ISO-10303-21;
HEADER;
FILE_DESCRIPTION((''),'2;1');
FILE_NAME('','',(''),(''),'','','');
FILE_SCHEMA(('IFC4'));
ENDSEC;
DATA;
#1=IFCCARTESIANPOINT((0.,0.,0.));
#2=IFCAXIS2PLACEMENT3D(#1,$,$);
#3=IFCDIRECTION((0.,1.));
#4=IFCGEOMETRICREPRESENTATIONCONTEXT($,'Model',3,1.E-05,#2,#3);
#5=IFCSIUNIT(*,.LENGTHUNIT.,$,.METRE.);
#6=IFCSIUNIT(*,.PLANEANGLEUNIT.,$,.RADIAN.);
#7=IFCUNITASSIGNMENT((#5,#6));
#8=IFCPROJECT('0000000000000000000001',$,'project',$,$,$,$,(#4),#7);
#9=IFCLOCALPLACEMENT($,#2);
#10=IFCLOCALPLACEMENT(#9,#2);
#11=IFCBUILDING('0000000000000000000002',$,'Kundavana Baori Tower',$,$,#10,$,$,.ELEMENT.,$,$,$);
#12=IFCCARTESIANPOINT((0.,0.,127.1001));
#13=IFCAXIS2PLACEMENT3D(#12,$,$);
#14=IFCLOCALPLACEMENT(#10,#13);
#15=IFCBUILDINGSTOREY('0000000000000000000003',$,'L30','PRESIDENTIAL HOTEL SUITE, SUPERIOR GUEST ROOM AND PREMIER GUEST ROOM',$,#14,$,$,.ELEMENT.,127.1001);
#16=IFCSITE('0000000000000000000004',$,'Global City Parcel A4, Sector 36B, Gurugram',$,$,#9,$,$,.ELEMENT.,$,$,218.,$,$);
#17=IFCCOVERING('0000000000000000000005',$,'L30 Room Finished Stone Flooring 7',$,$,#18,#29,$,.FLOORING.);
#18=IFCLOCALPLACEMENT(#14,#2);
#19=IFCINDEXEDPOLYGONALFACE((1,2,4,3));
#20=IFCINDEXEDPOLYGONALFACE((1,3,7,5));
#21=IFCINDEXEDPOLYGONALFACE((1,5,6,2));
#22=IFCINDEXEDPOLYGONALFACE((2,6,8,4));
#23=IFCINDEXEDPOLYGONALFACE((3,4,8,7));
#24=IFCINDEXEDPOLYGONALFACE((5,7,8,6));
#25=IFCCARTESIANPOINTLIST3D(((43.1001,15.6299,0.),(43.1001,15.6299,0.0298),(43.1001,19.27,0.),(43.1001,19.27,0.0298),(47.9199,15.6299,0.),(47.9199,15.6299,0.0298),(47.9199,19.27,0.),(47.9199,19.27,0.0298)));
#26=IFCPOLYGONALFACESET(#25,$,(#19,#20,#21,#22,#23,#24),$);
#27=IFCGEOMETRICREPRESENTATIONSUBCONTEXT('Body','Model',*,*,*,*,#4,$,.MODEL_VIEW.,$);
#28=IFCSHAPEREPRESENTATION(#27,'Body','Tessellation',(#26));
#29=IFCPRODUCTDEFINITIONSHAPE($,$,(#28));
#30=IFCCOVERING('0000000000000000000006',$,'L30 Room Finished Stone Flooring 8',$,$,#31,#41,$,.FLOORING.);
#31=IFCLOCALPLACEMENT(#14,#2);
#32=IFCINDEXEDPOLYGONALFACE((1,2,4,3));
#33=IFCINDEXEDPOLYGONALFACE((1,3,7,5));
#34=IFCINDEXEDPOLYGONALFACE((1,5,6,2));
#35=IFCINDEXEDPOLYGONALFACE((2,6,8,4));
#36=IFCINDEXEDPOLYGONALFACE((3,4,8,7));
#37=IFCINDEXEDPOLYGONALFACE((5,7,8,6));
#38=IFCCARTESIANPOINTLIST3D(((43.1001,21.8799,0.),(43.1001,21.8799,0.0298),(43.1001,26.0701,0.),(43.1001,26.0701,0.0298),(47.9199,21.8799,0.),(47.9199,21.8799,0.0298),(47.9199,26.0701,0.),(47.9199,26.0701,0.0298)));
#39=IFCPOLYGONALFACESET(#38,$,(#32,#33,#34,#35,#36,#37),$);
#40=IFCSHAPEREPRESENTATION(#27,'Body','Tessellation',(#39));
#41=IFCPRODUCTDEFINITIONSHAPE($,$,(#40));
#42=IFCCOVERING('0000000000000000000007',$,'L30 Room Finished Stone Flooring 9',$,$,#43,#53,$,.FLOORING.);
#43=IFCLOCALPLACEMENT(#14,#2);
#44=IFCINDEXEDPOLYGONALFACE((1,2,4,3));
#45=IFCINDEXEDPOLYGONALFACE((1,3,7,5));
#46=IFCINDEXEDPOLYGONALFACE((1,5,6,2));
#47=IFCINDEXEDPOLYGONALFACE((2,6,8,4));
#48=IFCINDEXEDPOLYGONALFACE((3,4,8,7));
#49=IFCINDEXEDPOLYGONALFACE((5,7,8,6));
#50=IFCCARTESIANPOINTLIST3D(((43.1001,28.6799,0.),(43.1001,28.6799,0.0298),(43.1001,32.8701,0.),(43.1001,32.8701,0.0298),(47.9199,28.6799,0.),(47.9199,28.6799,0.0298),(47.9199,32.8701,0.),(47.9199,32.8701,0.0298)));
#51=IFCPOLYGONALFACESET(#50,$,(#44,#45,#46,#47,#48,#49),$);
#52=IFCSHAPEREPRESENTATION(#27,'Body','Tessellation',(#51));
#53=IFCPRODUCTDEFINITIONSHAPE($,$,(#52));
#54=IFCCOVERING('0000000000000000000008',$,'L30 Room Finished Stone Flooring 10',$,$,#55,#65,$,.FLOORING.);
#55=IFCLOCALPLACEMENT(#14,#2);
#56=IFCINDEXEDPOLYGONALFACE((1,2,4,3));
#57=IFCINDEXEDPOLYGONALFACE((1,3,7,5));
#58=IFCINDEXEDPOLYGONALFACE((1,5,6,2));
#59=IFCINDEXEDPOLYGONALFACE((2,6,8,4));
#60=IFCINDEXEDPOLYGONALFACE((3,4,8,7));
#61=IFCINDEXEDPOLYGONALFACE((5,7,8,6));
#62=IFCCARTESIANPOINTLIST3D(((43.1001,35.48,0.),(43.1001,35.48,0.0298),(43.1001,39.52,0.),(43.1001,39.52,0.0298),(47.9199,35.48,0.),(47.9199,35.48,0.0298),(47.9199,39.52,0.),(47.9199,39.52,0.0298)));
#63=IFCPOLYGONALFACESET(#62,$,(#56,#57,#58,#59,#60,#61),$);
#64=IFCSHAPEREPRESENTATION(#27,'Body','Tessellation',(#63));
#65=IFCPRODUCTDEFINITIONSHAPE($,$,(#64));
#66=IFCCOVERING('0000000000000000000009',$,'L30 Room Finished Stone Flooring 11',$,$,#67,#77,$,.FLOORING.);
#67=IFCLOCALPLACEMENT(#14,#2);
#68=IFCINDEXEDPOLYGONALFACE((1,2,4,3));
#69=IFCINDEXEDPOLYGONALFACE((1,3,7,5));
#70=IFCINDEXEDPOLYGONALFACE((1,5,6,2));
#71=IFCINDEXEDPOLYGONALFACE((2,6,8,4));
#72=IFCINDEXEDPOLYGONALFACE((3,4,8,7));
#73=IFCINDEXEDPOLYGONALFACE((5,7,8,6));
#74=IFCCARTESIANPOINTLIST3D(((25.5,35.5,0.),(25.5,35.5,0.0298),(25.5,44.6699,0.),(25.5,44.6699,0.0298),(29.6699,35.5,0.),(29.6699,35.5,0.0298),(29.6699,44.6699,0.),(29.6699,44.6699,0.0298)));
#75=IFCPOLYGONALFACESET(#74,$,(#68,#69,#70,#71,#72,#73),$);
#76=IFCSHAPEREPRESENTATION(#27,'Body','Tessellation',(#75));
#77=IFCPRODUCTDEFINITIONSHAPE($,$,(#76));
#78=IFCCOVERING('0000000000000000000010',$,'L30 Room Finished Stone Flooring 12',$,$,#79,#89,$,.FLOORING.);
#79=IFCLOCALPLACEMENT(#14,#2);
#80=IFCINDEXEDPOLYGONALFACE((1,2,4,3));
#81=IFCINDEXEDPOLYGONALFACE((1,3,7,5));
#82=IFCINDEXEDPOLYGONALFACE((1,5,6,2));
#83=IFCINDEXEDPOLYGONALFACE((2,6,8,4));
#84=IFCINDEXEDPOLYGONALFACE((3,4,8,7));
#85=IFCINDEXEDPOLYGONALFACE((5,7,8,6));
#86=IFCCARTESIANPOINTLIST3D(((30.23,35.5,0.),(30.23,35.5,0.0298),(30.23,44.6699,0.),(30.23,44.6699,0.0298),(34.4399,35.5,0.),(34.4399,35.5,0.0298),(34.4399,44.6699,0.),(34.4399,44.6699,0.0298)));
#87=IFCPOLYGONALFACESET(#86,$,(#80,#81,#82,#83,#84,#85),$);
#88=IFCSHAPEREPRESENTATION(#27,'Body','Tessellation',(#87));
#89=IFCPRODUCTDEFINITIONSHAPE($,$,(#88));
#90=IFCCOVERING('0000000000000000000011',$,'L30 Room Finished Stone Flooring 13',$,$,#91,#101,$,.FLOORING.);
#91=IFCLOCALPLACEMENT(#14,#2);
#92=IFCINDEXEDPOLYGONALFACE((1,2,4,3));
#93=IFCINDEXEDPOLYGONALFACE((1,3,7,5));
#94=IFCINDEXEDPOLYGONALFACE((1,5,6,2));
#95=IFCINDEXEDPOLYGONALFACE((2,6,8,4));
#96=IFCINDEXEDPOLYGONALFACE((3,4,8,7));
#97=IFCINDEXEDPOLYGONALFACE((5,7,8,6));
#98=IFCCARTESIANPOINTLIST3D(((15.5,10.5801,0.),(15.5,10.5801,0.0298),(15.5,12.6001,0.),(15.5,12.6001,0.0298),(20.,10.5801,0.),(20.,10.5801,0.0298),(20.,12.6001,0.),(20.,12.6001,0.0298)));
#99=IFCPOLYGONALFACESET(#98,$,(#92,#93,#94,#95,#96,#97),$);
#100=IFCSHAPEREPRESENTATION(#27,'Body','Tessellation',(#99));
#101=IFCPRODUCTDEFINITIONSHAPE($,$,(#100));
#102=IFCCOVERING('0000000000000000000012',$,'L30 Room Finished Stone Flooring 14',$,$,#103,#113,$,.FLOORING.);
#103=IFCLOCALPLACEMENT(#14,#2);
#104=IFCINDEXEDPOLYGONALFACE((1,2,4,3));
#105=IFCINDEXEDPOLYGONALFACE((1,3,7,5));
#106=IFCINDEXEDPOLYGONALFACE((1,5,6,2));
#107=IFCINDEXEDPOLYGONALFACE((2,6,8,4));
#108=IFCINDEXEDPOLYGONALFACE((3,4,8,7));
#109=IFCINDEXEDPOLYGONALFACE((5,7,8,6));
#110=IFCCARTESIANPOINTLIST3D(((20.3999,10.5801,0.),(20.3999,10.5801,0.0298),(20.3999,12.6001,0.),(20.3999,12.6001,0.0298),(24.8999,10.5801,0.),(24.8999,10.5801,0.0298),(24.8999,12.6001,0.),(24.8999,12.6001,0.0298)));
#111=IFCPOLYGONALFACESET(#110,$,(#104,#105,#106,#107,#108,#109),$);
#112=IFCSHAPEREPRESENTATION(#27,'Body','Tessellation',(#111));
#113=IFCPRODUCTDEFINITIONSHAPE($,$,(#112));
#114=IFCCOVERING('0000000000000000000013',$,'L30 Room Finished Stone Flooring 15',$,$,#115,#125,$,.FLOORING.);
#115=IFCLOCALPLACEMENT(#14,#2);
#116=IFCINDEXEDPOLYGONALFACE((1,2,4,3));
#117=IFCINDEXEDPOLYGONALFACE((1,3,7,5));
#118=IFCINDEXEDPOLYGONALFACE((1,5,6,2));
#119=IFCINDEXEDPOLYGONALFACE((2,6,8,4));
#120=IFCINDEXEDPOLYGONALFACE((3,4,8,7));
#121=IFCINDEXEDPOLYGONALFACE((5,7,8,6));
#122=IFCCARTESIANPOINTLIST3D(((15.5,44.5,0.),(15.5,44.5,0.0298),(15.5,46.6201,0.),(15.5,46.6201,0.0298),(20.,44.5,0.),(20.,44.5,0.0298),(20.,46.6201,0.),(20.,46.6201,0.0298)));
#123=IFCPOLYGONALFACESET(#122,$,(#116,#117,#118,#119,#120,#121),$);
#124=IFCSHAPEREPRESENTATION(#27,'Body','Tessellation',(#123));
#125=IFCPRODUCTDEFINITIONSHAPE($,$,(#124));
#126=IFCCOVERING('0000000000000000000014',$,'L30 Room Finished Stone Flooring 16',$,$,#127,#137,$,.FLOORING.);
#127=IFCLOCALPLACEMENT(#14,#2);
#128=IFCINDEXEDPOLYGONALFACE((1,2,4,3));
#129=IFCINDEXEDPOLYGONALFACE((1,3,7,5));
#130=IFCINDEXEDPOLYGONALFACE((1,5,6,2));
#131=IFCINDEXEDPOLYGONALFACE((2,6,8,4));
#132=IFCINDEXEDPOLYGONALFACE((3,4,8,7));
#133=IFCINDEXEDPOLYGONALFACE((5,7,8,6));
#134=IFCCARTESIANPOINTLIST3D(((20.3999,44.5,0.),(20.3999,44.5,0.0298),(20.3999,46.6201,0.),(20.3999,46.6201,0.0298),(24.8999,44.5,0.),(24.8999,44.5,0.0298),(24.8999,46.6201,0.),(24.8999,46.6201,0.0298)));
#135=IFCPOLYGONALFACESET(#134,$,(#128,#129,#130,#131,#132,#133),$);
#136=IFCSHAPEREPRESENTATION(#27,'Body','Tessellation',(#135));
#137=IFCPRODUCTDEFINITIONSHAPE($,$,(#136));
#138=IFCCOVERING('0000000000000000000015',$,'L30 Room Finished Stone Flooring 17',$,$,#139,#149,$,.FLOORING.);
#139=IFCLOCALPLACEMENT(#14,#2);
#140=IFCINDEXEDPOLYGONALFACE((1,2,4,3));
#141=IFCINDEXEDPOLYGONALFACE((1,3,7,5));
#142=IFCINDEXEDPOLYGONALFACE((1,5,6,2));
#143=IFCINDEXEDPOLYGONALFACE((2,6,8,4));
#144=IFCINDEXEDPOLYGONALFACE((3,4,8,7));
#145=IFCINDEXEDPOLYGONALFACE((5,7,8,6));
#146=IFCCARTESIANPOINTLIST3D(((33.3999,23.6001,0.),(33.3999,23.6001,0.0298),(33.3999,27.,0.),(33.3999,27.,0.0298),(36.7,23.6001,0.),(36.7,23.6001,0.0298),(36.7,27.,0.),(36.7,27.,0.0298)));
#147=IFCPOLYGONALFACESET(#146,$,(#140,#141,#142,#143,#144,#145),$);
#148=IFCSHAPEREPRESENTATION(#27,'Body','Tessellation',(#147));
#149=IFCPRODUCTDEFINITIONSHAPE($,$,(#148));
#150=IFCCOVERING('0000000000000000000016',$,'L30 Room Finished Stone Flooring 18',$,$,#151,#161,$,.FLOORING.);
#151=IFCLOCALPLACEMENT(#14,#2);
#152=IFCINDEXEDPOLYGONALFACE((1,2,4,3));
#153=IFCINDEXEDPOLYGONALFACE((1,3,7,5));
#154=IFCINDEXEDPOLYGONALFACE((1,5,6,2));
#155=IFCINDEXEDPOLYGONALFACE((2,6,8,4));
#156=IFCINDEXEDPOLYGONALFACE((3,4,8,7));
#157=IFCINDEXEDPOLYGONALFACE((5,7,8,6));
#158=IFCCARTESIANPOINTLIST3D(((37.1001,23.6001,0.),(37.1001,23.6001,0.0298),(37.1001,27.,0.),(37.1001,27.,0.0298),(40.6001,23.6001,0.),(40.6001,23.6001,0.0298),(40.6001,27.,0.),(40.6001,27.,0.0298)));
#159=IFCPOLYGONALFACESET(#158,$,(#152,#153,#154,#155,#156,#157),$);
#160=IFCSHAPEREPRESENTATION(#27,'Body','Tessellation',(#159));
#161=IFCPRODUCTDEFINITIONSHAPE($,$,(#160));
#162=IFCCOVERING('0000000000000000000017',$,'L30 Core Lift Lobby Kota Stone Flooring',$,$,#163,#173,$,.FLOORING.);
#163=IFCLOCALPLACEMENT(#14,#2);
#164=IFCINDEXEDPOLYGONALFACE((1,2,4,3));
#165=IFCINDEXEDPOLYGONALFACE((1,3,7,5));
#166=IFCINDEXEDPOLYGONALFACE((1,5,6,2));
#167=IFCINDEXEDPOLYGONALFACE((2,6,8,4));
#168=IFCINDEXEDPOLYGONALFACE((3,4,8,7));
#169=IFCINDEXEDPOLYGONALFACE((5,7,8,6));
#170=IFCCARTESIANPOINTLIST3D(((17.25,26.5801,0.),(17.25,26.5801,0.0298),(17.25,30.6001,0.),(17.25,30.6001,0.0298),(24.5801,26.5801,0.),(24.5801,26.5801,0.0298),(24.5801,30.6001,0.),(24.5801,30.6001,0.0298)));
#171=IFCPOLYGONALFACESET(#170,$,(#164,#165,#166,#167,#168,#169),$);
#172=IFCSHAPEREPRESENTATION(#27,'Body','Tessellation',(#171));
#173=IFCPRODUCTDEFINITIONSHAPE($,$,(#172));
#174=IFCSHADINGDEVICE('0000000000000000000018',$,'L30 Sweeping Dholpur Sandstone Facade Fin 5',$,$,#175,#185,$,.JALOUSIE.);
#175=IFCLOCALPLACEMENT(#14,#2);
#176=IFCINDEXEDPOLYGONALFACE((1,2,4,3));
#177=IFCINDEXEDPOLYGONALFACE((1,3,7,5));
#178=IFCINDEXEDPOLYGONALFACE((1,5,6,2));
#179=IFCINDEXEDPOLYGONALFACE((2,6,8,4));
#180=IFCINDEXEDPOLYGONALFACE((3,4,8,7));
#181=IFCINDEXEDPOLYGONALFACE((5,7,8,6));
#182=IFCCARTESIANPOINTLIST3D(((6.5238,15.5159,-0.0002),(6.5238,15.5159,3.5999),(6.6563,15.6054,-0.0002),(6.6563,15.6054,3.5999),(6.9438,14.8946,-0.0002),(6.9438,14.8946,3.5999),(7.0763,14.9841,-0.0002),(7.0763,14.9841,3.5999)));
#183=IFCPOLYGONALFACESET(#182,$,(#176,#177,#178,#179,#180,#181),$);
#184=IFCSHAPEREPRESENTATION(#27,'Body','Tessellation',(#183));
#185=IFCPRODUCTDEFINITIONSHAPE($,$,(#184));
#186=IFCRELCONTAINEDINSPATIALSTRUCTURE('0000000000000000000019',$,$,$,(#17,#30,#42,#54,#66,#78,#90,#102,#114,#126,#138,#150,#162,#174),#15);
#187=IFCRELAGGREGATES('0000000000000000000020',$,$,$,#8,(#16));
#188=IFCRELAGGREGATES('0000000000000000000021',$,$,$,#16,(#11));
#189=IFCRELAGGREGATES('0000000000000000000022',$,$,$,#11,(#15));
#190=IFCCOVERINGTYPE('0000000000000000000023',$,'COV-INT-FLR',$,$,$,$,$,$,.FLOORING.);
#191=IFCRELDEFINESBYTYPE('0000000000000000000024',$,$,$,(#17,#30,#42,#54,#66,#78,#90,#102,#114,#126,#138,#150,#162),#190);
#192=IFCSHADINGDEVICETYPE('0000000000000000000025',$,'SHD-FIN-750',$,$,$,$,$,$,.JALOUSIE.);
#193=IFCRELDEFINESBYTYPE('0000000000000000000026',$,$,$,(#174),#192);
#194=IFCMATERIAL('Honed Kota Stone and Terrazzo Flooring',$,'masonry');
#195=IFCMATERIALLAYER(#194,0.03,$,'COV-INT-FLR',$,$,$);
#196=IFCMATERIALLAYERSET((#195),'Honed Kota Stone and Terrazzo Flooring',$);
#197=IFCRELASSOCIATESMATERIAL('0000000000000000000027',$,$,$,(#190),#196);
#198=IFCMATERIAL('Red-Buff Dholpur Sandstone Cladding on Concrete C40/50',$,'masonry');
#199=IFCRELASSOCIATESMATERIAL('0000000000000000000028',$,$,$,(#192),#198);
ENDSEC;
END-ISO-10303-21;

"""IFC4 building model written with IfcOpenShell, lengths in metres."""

from ifc_helpers import new_model, si_unit, direction, frame, origin, origin_2d, place, context, subcontext, project, spatial, polyline, rectangle, outline, extrude, material, layer, layer_set, type_object, element, save


model = new_model("IFC4")

# Units and contexts
model_context = context("Model", 3, precision=1e-05, world=origin(), true_north=direction((0.0, 1.0)))
body_context = subcontext(model_context, "Body", "Model", "MODEL_VIEW")
ifc_project = project(units=[si_unit("LENGTHUNIT", "METRE"), si_unit("PLANEANGLEUNIT", "RADIAN")], contexts=[model_context])

# Site, building, storey
site_placement = place(None, origin())
site = spatial("IfcSite", under=ifc_project, at=site_placement, Name="Global City Parcel A4, Sector 36B, Gurugram", CompositionType="ELEMENT", RefElevation=218.0)
building_placement = place(site_placement, origin())
building = spatial("IfcBuilding", under=site, at=building_placement, Name="Kundavana Baori Tower", CompositionType="ELEMENT")
storey_placement = place(building_placement, frame((0.0, 0.0, 127.1001)))
storey = spatial("IfcBuildingStorey", under=building, at=storey_placement, Name="L30", Description="PRESIDENTIAL HOTEL SUITE, SUPERIOR GUEST ROOM AND PREMIER GUEST ROOM", CompositionType="ELEMENT", Elevation=127.1001)

# Coverings
ifc_material_1 = material(Name="Honed Kota Stone and Terrazzo Flooring", Category="masonry")
ifc_layer_1 = layer(ifc_material_1, 0.03, Name="COV-INT-FLR")
ifc_layer_set_1 = layer_set([ifc_layer_1], Name="Honed Kota Stone and Terrazzo Flooring")
covering_type_1 = type_object("IfcCoveringType", Name="COV-INT-FLR", PredefinedType="FLOORING", material=ifc_layer_set_1)
covering_1_placement = place(storey_placement, origin())
element("IfcCovering", 1, at=covering_1_placement, inside=storey, type_object=covering_type_1, Name="L30 Room Finished Stone Flooring 7", PredefinedType="FLOORING", context=body_context, shape_type="SweptSolid", body=[
    extrude(outline(polyline([(43.1001, 15.6299), (47.9199, 15.6299), (47.9199, 19.27), (43.1001, 19.27), (43.1001, 15.6299)])), origin(), (0.0, 0.0, 1.0), 0.0298),
])
covering_2_placement = place(storey_placement, origin())
element("IfcCovering", 2, at=covering_2_placement, inside=storey, type_object=covering_type_1, Name="L30 Room Finished Stone Flooring 8", PredefinedType="FLOORING", context=body_context, shape_type="SweptSolid", body=[
    extrude(outline(polyline([(43.1001, 21.8799), (47.9199, 21.8799), (47.9199, 26.0701), (43.1001, 26.0701), (43.1001, 21.8799)])), origin(), (0.0, 0.0, 1.0), 0.0298),
])
covering_3_placement = place(storey_placement, origin())
element("IfcCovering", 3, at=covering_3_placement, inside=storey, type_object=covering_type_1, Name="L30 Room Finished Stone Flooring 9", PredefinedType="FLOORING", context=body_context, shape_type="SweptSolid", body=[
    extrude(outline(polyline([(43.1001, 28.6799), (47.9199, 28.6799), (47.9199, 32.8701), (43.1001, 32.8701), (43.1001, 28.6799)])), origin(), (0.0, 0.0, 1.0), 0.0298),
])
covering_4_placement = place(storey_placement, origin())
element("IfcCovering", 4, at=covering_4_placement, inside=storey, type_object=covering_type_1, Name="L30 Room Finished Stone Flooring 10", PredefinedType="FLOORING", context=body_context, shape_type="SweptSolid", body=[
    extrude(outline(polyline([(43.1001, 35.48), (47.9199, 35.48), (47.9199, 39.52), (43.1001, 39.52), (43.1001, 35.48)])), origin(), (0.0, 0.0, 1.0), 0.0298),
])
covering_5_placement = place(storey_placement, origin())
element("IfcCovering", 5, at=covering_5_placement, inside=storey, type_object=covering_type_1, Name="L30 Room Finished Stone Flooring 11", PredefinedType="FLOORING", context=body_context, shape_type="SweptSolid", body=[
    extrude(outline(polyline([(25.5, 35.5), (29.6699, 35.5), (29.6699, 44.6699), (25.5, 44.6699), (25.5, 35.5)])), origin(), (0.0, 0.0, 1.0), 0.0298),
])
covering_6_placement = place(storey_placement, origin())
element("IfcCovering", 6, at=covering_6_placement, inside=storey, type_object=covering_type_1, Name="L30 Room Finished Stone Flooring 12", PredefinedType="FLOORING", context=body_context, shape_type="SweptSolid", body=[
    extrude(outline(polyline([(30.23, 35.5), (34.4399, 35.5), (34.4399, 44.6699), (30.23, 44.6699), (30.23, 35.5)])), origin(), (0.0, 0.0, 1.0), 0.0298),
])
covering_7_placement = place(storey_placement, origin())
element("IfcCovering", 7, at=covering_7_placement, inside=storey, type_object=covering_type_1, Name="L30 Room Finished Stone Flooring 13", PredefinedType="FLOORING", context=body_context, shape_type="SweptSolid", body=[
    extrude(outline(polyline([(15.5, 10.5801), (20.0, 10.5801), (20.0, 12.6001), (15.5, 12.6001), (15.5, 10.5801)])), origin(), (0.0, 0.0, 1.0), 0.0298),
])
covering_8_placement = place(storey_placement, origin())
element("IfcCovering", 8, at=covering_8_placement, inside=storey, type_object=covering_type_1, Name="L30 Room Finished Stone Flooring 14", PredefinedType="FLOORING", context=body_context, shape_type="SweptSolid", body=[
    extrude(outline(polyline([(20.3999, 10.5801), (24.8999, 10.5801), (24.8999, 12.6001), (20.3999, 12.6001), (20.3999, 10.5801)])), origin(), (0.0, 0.0, 1.0), 0.0298),
])
covering_9_placement = place(storey_placement, origin())
element("IfcCovering", 9, at=covering_9_placement, inside=storey, type_object=covering_type_1, Name="L30 Room Finished Stone Flooring 15", PredefinedType="FLOORING", context=body_context, shape_type="SweptSolid", body=[
    extrude(outline(polyline([(15.5, 44.5), (20.0, 44.5), (20.0, 46.6201), (15.5, 46.6201), (15.5, 44.5)])), origin(), (0.0, 0.0, 1.0), 0.0298),
])
covering_10_placement = place(storey_placement, origin())
element("IfcCovering", 10, at=covering_10_placement, inside=storey, type_object=covering_type_1, Name="L30 Room Finished Stone Flooring 16", PredefinedType="FLOORING", context=body_context, shape_type="SweptSolid", body=[
    extrude(outline(polyline([(20.3999, 44.5), (24.8999, 44.5), (24.8999, 46.6201), (20.3999, 46.6201), (20.3999, 44.5)])), origin(), (0.0, 0.0, 1.0), 0.0298),
])
covering_11_placement = place(storey_placement, origin())
element("IfcCovering", 11, at=covering_11_placement, inside=storey, type_object=covering_type_1, Name="L30 Room Finished Stone Flooring 17", PredefinedType="FLOORING", context=body_context, shape_type="SweptSolid", body=[
    extrude(outline(polyline([(33.3999, 23.6001), (36.7, 23.6001), (36.7, 27.0), (33.3999, 27.0), (33.3999, 23.6001)])), origin(), (0.0, 0.0, 1.0), 0.0298),
])
covering_12_placement = place(storey_placement, origin())
element("IfcCovering", 12, at=covering_12_placement, inside=storey, type_object=covering_type_1, Name="L30 Room Finished Stone Flooring 18", PredefinedType="FLOORING", context=body_context, shape_type="SweptSolid", body=[
    extrude(outline(polyline([(37.1001, 23.6001), (40.6001, 23.6001), (40.6001, 27.0), (37.1001, 27.0), (37.1001, 23.6001)])), origin(), (0.0, 0.0, 1.0), 0.0298),
])
covering_13_placement = place(storey_placement, origin())
element("IfcCovering", 13, at=covering_13_placement, inside=storey, type_object=covering_type_1, Name="L30 Core Lift Lobby Kota Stone Flooring", PredefinedType="FLOORING", context=body_context, shape_type="SweptSolid", body=[
    extrude(outline(polyline([(17.25, 26.5801), (24.5801, 26.5801), (24.5801, 30.6001), (17.25, 30.6001), (17.25, 26.5801)])), origin(), (0.0, 0.0, 1.0), 0.0298),
])

# Shading device
ifc_material_2 = material(Name="Red-Buff Dholpur Sandstone Cladding on Concrete C40/50", Category="masonry")
shading_device_type = type_object("IfcShadingDeviceType", Name="SHD-FIN-750", PredefinedType="JALOUSIE", material=ifc_material_2)
shading_device_placement = place(storey_placement, frame((6.8, 15.25, -0.0002), z_axis=(0.0, 0.0, 1.0), x_axis=(0.828452, 0.560061, 0.0)))
element("IfcShadingDevice", 14, at=shading_device_placement, inside=storey, type_object=shading_device_type, Name="L30 Sweeping Dholpur Sandstone Facade Fin 5", PredefinedType="JALOUSIE", context=body_context, shape_type="SweptSolid", body=[
    extrude(rectangle(XDim=0.1599, YDim=0.75, at=origin_2d()), origin(), (0.0, 0.0, 1.0), 3.6001),
])

save(model, "model.ifc")
